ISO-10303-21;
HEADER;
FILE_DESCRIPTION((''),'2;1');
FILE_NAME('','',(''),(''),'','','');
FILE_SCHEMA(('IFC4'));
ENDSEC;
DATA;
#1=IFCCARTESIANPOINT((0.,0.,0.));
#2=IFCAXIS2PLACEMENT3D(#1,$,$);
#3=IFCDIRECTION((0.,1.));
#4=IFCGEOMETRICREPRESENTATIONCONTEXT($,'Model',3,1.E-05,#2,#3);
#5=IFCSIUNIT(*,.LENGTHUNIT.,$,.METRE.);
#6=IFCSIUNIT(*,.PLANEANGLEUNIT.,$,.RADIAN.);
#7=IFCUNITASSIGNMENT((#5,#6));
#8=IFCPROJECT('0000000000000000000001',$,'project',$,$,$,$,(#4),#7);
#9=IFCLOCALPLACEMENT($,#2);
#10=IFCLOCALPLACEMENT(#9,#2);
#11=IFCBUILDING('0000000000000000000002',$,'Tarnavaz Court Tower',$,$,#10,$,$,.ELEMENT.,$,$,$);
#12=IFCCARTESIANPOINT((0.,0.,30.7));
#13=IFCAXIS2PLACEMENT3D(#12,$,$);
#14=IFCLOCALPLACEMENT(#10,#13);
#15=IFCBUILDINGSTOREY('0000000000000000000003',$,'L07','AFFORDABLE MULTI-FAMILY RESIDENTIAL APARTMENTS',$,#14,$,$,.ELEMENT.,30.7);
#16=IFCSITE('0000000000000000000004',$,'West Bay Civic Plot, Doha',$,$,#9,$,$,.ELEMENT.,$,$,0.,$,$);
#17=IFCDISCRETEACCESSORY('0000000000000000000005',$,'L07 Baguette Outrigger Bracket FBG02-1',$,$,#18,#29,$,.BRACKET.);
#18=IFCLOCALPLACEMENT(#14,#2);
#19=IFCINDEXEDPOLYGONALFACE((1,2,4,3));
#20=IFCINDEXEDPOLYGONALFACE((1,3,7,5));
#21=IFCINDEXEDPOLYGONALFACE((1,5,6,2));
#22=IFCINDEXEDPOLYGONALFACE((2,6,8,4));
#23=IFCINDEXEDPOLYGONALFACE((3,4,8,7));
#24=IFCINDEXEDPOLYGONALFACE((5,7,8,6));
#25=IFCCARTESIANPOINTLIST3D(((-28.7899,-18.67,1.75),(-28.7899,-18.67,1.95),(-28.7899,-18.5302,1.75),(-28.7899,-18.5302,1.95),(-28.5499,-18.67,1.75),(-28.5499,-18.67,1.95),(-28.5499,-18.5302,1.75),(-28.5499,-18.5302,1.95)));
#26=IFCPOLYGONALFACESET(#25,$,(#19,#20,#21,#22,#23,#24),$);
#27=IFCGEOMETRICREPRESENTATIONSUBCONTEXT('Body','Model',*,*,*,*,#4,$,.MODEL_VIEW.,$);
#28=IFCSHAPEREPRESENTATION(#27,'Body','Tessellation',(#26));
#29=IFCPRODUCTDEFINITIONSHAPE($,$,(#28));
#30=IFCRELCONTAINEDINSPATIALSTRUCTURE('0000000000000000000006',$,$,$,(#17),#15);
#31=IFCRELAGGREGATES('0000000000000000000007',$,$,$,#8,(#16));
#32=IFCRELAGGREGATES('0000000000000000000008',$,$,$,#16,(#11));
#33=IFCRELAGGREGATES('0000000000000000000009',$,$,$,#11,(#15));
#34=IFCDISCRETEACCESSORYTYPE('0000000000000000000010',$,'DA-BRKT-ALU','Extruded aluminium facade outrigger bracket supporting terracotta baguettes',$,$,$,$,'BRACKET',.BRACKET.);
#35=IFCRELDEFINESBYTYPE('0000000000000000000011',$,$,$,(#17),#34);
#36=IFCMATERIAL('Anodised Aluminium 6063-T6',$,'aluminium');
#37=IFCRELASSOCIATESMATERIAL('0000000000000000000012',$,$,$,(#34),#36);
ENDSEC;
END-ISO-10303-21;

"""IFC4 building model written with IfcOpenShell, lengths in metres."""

from ifc_helpers import new_model, si_unit, direction, frame, origin, origin_2d, place, context, subcontext, project, spatial, rectangle, extrude, material, type_object, element, save


model = new_model("IFC4")

# Units and contexts
model_context = context("Model", 3, precision=1e-05, world=origin(), true_north=direction((0.0, 1.0)))
body_context = subcontext(model_context, "Body", "Model", "MODEL_VIEW")
ifc_project = project(units=[si_unit("LENGTHUNIT", "METRE"), si_unit("PLANEANGLEUNIT", "RADIAN")], contexts=[model_context])

# Site, building, storey
site_placement = place(None, origin())
site = spatial("IfcSite", under=ifc_project, at=site_placement, Name="West Bay Civic Plot, Doha", CompositionType="ELEMENT", RefElevation=0.0)
building_placement = place(site_placement, origin())
building = spatial("IfcBuilding", under=site, at=building_placement, Name="Tarnavaz Court Tower", CompositionType="ELEMENT")
storey_placement = place(building_placement, frame((0.0, 0.0, 30.7)))
storey = spatial("IfcBuildingStorey", under=building, at=storey_placement, Name="L07", Description="AFFORDABLE MULTI-FAMILY RESIDENTIAL APARTMENTS", CompositionType="ELEMENT", Elevation=30.7)

# Discrete accessory
ifc_material_1 = material(Name="Anodised Aluminium 6063-T6", Category="aluminium")
discrete_accessory_type = type_object("IfcDiscreteAccessoryType", Name="DA-BRKT-ALU", Description="Extruded aluminium facade outrigger bracket supporting terracotta baguettes", ElementType="BRACKET", PredefinedType="BRACKET", material=ifc_material_1)
discrete_accessory_placement = place(storey_placement, frame((-28.6699, -18.6001, 1.75), z_axis=(0.0, 0.0, 1.0), x_axis=(0.0, 1.0, 0.0)))
element("IfcDiscreteAccessory", 1, at=discrete_accessory_placement, inside=storey, type_object=discrete_accessory_type, Name="L07 Baguette Outrigger Bracket FBG02-1", PredefinedType="BRACKET", context=body_context, shape_type="SweptSolid", body=[
    extrude(rectangle(XDim=0.1399, YDim=0.24, at=origin_2d()), origin(), (0.0, 0.0, 1.0), 0.2),
])

save(model, "model.ifc")
